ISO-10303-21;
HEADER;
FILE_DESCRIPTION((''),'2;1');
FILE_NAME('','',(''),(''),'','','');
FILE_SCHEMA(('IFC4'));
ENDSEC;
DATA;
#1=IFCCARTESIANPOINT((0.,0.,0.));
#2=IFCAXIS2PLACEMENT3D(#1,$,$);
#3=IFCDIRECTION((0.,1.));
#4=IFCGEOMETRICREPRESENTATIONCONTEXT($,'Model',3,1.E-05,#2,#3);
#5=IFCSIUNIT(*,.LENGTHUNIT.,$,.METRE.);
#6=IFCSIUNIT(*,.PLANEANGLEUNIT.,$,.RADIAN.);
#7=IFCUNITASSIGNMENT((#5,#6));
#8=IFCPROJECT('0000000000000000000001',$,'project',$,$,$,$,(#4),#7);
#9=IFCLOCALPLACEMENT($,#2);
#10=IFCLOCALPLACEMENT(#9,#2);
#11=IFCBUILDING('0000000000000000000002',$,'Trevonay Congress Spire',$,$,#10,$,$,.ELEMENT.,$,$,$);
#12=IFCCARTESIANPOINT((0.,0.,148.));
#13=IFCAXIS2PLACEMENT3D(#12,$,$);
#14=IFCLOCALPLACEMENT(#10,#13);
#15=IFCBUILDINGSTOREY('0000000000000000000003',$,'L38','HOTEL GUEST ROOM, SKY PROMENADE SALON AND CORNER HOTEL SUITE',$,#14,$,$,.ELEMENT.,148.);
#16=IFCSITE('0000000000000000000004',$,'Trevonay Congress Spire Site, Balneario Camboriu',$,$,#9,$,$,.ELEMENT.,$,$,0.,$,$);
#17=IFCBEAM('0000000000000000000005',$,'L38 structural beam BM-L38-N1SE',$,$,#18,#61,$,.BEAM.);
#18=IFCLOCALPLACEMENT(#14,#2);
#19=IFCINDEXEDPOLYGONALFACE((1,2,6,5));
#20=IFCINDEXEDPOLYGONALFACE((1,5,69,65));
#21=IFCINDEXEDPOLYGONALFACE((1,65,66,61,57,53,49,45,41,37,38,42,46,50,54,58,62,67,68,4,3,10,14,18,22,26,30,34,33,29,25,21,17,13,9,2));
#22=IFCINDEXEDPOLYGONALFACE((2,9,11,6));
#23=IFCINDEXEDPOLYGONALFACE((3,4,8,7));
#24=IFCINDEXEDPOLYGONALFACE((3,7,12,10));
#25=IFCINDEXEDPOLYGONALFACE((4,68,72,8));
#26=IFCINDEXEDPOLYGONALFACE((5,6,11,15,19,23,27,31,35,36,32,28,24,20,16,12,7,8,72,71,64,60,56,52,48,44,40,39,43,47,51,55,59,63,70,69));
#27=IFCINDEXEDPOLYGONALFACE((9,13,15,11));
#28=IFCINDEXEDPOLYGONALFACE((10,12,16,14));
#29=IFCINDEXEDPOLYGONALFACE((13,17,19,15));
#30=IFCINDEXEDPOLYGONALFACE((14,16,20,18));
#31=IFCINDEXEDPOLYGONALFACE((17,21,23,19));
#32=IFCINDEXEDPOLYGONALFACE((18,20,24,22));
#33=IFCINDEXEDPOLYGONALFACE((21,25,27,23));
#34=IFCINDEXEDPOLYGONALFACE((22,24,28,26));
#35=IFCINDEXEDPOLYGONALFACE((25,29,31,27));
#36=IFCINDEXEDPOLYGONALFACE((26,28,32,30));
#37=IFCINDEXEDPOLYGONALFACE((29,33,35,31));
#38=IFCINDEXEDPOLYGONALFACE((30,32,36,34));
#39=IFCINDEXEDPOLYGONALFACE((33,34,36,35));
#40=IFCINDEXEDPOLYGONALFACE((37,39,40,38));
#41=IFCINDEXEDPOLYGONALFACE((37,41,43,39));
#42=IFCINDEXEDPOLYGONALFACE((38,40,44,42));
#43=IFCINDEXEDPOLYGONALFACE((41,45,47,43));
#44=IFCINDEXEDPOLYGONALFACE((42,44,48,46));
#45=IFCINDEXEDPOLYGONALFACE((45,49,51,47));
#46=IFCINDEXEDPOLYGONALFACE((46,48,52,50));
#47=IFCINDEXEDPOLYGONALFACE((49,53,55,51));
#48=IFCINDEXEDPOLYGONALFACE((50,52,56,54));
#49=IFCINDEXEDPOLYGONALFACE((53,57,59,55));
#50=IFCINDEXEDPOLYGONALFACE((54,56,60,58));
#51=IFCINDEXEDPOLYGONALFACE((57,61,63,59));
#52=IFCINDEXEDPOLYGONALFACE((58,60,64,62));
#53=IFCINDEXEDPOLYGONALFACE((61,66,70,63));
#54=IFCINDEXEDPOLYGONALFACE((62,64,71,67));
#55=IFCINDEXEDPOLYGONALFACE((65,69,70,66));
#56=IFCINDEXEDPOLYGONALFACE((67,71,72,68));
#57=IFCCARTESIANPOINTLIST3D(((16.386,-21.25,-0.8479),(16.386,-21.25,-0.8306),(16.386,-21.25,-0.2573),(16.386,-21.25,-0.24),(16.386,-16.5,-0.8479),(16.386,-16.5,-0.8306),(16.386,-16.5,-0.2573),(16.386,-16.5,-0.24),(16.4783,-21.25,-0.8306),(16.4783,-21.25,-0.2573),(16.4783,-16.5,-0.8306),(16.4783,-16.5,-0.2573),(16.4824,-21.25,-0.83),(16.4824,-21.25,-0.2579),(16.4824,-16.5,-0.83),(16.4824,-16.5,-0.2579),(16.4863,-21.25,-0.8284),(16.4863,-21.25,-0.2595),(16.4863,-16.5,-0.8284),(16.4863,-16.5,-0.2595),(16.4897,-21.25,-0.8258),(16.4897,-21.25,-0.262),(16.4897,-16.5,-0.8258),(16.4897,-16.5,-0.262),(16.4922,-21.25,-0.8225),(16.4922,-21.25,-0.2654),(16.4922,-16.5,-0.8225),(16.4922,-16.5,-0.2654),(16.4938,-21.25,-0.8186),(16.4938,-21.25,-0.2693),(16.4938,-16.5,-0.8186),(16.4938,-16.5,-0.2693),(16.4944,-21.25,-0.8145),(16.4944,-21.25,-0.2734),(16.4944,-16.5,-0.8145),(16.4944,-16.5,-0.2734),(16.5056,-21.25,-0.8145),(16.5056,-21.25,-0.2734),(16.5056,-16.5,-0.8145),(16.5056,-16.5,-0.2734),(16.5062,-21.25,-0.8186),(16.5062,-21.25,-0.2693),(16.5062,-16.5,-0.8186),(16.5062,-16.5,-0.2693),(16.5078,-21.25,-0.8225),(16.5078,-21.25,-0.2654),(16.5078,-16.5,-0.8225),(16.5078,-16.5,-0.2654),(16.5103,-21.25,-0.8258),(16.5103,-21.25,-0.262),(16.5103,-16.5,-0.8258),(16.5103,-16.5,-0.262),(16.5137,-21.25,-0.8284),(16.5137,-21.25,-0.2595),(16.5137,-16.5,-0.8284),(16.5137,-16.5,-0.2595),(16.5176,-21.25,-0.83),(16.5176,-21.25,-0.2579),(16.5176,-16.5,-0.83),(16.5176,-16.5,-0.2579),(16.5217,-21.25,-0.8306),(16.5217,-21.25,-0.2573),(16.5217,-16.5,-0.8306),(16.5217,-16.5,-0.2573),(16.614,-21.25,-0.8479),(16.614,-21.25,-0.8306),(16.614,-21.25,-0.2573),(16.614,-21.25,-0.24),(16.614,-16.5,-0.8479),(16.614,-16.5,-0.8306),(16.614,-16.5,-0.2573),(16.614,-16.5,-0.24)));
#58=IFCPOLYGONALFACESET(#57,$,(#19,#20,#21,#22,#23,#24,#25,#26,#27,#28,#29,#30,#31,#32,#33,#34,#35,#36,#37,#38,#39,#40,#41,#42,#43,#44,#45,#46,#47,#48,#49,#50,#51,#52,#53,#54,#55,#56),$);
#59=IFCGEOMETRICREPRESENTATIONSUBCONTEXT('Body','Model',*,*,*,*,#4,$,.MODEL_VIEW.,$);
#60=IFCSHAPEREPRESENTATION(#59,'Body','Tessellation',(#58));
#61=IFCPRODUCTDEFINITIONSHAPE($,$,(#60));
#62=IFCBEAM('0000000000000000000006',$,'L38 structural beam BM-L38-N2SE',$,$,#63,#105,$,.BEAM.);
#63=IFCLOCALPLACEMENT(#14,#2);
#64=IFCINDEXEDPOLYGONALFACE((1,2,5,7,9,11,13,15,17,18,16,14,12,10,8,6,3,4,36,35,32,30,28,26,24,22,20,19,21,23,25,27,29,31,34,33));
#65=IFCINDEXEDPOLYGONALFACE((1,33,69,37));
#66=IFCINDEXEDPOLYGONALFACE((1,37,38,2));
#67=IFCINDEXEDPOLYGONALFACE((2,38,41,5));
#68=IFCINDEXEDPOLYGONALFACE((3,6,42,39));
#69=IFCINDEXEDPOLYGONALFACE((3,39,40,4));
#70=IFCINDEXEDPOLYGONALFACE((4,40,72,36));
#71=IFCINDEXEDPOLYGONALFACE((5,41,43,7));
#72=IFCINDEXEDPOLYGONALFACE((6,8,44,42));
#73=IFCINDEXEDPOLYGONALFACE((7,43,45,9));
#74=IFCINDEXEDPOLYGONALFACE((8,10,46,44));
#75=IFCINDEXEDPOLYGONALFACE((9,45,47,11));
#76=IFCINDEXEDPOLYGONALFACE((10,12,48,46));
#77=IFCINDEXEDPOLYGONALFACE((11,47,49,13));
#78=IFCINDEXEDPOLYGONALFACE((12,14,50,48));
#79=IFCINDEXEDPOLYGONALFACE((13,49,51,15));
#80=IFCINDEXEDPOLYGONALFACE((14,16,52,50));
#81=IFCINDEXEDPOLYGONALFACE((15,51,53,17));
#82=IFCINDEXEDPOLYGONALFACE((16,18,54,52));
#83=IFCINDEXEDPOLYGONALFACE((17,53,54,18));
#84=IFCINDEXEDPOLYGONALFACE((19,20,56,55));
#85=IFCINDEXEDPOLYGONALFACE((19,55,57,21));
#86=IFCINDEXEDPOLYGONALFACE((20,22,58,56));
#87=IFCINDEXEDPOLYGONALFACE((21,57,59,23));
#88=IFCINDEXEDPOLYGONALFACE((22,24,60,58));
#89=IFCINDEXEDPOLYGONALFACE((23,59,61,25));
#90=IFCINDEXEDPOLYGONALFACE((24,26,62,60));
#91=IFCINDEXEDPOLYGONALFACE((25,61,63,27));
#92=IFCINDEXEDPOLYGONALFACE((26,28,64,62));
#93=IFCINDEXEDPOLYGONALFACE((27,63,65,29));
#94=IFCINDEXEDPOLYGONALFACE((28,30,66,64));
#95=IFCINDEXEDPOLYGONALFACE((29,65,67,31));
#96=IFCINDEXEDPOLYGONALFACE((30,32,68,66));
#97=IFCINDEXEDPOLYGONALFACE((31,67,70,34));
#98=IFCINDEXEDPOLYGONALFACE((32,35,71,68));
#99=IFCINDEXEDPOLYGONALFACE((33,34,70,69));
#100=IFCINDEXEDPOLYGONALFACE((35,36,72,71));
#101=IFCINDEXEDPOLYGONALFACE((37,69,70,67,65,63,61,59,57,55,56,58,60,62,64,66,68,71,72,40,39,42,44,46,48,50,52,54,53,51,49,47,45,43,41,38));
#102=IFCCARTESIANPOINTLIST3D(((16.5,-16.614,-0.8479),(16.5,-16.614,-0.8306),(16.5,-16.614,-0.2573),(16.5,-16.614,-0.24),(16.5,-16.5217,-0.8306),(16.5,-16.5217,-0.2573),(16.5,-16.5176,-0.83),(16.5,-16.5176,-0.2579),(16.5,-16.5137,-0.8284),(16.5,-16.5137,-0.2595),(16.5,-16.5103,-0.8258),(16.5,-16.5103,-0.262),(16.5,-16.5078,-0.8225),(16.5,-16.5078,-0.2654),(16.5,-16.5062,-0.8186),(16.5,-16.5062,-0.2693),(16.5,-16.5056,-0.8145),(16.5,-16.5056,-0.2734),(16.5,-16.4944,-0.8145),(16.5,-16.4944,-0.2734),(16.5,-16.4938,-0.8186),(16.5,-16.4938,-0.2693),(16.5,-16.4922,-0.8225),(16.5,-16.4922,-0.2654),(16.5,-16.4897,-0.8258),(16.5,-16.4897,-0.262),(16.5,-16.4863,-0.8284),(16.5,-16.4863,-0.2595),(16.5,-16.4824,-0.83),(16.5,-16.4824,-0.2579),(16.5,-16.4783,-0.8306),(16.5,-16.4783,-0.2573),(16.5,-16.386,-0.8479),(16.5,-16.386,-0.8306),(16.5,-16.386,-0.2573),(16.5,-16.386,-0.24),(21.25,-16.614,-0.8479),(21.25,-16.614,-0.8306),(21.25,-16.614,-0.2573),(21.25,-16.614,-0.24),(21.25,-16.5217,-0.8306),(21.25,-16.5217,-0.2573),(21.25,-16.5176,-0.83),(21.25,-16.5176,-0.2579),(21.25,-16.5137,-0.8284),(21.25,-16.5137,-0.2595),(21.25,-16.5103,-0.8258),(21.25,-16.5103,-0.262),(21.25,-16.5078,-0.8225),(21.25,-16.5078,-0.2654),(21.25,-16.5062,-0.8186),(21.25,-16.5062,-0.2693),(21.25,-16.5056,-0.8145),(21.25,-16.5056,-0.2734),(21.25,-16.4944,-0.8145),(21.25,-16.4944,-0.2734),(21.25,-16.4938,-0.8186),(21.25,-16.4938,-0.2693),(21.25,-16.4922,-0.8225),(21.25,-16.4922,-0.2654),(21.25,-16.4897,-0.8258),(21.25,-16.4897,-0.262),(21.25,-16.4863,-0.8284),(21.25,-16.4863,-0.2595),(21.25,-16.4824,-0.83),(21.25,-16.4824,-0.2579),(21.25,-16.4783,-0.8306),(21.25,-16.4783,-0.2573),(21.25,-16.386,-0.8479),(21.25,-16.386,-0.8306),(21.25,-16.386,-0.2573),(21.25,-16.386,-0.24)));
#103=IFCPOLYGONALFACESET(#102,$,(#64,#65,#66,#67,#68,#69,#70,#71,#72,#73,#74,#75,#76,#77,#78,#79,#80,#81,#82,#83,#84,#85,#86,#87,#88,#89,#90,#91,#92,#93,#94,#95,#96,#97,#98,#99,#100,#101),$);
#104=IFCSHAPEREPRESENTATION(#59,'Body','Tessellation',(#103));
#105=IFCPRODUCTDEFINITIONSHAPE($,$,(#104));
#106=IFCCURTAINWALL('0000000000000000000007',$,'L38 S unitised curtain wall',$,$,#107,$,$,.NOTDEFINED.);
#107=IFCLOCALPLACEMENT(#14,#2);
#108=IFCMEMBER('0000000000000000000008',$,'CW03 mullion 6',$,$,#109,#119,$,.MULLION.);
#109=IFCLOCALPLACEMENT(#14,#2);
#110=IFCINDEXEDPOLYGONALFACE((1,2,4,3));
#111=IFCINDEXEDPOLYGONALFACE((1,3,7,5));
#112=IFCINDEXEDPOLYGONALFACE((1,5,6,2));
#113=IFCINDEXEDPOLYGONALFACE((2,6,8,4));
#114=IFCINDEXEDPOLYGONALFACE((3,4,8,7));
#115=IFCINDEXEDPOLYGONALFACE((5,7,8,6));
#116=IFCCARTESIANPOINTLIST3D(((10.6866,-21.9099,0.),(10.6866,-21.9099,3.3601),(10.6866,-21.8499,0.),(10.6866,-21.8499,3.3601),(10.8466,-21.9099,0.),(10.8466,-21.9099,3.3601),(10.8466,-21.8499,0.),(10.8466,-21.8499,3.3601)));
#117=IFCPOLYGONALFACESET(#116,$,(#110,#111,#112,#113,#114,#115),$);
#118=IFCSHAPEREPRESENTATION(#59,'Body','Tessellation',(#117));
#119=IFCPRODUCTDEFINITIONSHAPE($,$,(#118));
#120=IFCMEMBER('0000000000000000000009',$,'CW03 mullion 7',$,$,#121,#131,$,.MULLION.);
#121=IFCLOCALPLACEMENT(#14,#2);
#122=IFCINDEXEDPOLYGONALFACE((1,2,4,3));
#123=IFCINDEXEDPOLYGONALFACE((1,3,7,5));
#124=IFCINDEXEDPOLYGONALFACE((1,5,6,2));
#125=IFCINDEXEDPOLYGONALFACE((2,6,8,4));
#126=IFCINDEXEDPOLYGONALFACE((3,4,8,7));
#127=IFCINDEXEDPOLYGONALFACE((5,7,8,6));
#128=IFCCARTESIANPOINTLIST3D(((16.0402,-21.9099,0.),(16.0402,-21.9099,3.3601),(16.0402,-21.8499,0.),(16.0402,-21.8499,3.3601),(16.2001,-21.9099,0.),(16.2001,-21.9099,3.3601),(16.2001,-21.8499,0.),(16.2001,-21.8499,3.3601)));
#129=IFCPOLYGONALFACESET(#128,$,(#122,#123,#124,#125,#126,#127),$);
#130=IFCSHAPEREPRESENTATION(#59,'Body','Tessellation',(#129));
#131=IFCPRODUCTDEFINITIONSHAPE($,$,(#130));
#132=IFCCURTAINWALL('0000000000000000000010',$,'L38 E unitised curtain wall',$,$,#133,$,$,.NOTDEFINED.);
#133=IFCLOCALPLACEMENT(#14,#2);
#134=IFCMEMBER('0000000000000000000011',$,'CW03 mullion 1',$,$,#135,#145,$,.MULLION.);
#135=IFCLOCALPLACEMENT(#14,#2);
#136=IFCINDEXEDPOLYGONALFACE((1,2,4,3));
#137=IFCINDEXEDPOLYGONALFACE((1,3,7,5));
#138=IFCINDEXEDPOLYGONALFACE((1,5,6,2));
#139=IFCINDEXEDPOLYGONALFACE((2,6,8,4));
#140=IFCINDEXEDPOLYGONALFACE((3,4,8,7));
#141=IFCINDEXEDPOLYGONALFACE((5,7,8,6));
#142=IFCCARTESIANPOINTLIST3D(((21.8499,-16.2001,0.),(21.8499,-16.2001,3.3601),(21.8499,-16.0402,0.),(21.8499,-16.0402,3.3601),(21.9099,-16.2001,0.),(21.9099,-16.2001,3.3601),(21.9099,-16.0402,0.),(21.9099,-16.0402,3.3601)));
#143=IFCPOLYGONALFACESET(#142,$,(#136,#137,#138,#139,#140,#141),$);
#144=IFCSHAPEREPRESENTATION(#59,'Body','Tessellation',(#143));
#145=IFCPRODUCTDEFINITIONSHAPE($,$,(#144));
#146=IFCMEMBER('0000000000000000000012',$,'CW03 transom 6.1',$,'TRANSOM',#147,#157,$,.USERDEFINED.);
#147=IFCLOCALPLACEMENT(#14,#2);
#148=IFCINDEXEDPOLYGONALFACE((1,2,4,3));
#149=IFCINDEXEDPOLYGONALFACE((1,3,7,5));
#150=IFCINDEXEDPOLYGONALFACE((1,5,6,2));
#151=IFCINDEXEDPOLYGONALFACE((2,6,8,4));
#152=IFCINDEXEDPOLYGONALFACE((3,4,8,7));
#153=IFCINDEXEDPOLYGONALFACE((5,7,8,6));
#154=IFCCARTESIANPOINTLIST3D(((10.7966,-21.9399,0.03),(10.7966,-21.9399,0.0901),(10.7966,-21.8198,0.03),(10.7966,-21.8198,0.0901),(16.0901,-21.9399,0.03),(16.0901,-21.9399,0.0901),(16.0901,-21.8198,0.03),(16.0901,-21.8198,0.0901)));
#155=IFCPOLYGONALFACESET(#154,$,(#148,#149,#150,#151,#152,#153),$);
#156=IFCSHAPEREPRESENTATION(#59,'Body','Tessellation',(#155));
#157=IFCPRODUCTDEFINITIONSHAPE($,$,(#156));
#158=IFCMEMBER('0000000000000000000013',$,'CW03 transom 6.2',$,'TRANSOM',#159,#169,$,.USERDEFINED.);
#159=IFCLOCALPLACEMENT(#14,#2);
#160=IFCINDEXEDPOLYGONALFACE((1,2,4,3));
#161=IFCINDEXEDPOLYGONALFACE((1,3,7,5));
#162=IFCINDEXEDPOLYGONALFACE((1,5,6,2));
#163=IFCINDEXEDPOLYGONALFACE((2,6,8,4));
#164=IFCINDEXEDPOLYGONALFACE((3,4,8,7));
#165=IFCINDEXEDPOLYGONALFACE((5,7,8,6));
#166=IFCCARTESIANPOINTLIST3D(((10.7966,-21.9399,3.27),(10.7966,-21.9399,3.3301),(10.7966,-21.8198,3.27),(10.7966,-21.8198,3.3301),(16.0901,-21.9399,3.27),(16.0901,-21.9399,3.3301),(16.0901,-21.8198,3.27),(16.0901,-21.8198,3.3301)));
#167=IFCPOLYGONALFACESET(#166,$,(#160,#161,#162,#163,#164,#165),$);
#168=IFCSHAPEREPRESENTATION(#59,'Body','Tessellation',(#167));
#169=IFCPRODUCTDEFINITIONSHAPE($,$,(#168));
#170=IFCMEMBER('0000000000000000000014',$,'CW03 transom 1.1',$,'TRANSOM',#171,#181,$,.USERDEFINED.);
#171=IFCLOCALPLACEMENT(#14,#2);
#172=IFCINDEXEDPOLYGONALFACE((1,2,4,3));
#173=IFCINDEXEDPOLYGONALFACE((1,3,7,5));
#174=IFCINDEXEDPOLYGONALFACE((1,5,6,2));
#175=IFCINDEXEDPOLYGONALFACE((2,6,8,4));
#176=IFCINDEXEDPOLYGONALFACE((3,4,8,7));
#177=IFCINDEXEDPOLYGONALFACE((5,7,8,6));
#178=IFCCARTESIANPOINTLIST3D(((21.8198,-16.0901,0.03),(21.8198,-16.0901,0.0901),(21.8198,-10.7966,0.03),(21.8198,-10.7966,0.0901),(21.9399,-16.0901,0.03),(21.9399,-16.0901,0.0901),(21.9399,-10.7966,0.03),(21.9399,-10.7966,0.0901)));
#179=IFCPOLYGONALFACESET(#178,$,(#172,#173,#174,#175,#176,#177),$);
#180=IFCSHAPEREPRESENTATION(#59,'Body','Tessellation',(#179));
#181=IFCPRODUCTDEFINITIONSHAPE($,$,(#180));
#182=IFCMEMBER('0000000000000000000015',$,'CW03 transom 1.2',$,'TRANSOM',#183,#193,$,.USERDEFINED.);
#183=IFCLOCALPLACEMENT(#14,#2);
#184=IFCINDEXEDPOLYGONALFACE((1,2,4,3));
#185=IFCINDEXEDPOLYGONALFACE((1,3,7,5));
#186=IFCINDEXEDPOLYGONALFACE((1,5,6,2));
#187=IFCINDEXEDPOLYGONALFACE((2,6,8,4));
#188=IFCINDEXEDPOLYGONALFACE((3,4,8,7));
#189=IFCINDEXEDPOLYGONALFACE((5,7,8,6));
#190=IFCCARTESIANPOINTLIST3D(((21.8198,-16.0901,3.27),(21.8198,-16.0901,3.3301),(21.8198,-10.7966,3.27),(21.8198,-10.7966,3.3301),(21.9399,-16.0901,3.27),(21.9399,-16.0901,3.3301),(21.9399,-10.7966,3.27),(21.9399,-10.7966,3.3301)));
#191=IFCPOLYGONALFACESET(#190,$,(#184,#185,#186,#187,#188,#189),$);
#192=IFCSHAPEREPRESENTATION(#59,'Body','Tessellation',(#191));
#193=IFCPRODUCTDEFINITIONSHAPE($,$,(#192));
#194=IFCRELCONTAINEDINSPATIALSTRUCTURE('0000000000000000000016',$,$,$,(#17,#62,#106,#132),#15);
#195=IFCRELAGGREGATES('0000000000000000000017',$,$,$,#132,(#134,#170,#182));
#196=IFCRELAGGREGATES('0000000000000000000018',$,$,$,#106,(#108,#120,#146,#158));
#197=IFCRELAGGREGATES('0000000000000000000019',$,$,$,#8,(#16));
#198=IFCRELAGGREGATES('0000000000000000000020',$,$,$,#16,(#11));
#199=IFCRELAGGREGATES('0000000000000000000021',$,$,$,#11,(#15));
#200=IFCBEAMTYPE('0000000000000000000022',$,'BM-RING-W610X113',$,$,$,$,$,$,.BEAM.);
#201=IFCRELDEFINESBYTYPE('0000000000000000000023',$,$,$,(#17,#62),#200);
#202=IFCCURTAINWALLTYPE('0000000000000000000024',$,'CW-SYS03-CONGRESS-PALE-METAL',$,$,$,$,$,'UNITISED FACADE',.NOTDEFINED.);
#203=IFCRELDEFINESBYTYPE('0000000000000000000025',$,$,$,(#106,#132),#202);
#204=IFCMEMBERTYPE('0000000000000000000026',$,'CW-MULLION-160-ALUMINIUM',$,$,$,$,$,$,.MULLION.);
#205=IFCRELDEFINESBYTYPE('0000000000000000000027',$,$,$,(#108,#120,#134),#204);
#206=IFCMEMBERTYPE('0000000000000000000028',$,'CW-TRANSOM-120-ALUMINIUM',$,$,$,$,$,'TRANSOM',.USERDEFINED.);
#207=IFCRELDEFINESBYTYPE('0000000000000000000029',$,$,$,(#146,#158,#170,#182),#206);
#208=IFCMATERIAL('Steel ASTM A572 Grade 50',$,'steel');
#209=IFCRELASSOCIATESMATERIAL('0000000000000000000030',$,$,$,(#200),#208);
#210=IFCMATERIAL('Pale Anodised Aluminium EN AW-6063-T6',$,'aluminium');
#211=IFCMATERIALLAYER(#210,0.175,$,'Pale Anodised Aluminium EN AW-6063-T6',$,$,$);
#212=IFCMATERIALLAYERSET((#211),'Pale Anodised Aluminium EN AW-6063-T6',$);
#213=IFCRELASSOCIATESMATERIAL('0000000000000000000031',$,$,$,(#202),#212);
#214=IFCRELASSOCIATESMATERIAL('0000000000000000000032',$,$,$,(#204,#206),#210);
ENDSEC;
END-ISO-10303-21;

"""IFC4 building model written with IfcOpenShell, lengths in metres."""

from ifc_helpers import new_model, si_unit, direction, frame, origin, origin_2d, place, context, subcontext, project, spatial, rectangle, i_section, extrude, material, layer, layer_set, material_profile, profile_set, type_object, element, aggregate, save


model = new_model("IFC4")

# Units and contexts
model_context = context("Model", 3, precision=1e-05, world=origin(), true_north=direction((0.0, 1.0)))
body_context = subcontext(model_context, "Body", "Model", "MODEL_VIEW")
ifc_project = project(units=[si_unit("LENGTHUNIT", "METRE"), si_unit("PLANEANGLEUNIT", "RADIAN")], contexts=[model_context])

# Site, building, storey
site_placement = place(None, origin())
site = spatial("IfcSite", under=ifc_project, at=site_placement, Name="Trevonay Congress Spire Site, Balneario Camboriu", CompositionType="ELEMENT", RefElevation=0.0)
building_placement = place(site_placement, origin())
building = spatial("IfcBuilding", under=site, at=building_placement, Name="Trevonay Congress Spire", CompositionType="ELEMENT")
storey_placement = place(building_placement, frame((0.0, 0.0, 148.0)))
storey = spatial("IfcBuildingStorey", under=building, at=storey_placement, Name="L38", Description="HOTEL GUEST ROOM, SKY PROMENADE SALON AND CORNER HOTEL SUITE", CompositionType="ELEMENT", Elevation=148.0)

# Shared definitions
ifc_material_1 = material(Name="Steel ASTM A572 Grade 50", Category="steel")

# Beams
ifc_material_profile_1 = material_profile(ifc_material_1, i_section(OverallWidth=0.228, OverallDepth=0.6079, WebThickness=0.0112, FlangeThickness=0.0173, FilletRadius=0.0161, at=origin_2d()), Name="W610x113")
ifc_profile_set_1 = profile_set([ifc_material_profile_1], Name="Steel ASTM A572 Grade 50")
beam_type_1 = type_object("IfcBeamType", Name="BM-RING-W610X113", PredefinedType="BEAM", material=ifc_profile_set_1)
for number, where, z_axis, x_axis, name in (
    (1, (16.5, -21.25, -0.5439), (0.0, 1.0, 0.0), (-1.0, 0.0, 0.0), "L38 structural beam BM-L38-N1SE"),
    (2, (21.25, -16.5, -0.5439), (-1.0, 0.0, 0.0), (0.0, -1.0, 0.0), "L38 structural beam BM-L38-N2SE"),
):
    element("IfcBeam", number, at=place(storey_placement, frame(where, z_axis=z_axis, x_axis=x_axis)), inside=storey, type_object=beam_type_1, Name=name, PredefinedType="BEAM", context=body_context, shape_type="SweptSolid", body=[
        extrude(i_section(OverallWidth=0.228, OverallDepth=0.6079, WebThickness=0.0112, FlangeThickness=0.0173, FilletRadius=0.0161, at=origin_2d()), origin(), (0.0, 0.0, 1.0), 4.75),
    ])

# Curtain wall, members
ifc_material_2 = material(Name="Pale Anodised Aluminium EN AW-6063-T6", Category="aluminium")
ifc_layer_1 = layer(ifc_material_2, 0.175, Name="Pale Anodised Aluminium EN AW-6063-T6")
ifc_layer_set_1 = layer_set([ifc_layer_1], Name="Pale Anodised Aluminium EN AW-6063-T6")
curtain_wall_type = type_object("IfcCurtainWallType", Name="CW-SYS03-CONGRESS-PALE-METAL", ElementType="UNITISED FACADE", PredefinedType="NOTDEFINED", material=ifc_layer_set_1)
curtain_wall_1_placement = place(storey_placement, origin())
curtain_wall_1 = element("IfcCurtainWall", 3, at=curtain_wall_1_placement, inside=storey, type_object=curtain_wall_type, Name="L38 S unitised curtain wall", PredefinedType="NOTDEFINED")
ifc_material_profile_2 = material_profile(ifc_material_2, rectangle(XDim=0.0601, YDim=0.1599, at=origin_2d()), Name="CW-MULLION-160-ALUMINIUM")
ifc_profile_set_2 = profile_set([ifc_material_profile_2], Name="Pale Anodised Aluminium EN AW-6063-T6")
member_type_1 = type_object("IfcMemberType", Name="CW-MULLION-160-ALUMINIUM", PredefinedType="MULLION", material=ifc_profile_set_2)
member_1_placement = place(storey_placement, frame((10.7666, -21.8799, 0.0), z_axis=(0.0, 0.0, 1.0), x_axis=(0.0, 1.0, 0.0)))
member_1 = element("IfcMember", 4, at=member_1_placement, type_object=member_type_1, Name="CW03 mullion 6", PredefinedType="MULLION", context=body_context, shape_type="SweptSolid", body=[
    extrude(rectangle(XDim=0.0601, YDim=0.1599, at=origin_2d()), origin(), (0.0, 0.0, 1.0), 3.3601),
])
member_2_placement = place(storey_placement, frame((16.1201, -21.8799, 0.0), z_axis=(0.0, 0.0, 1.0), x_axis=(0.0, 1.0, 0.0)))
member_2 = element("IfcMember", 5, at=member_2_placement, type_object=member_type_1, Name="CW03 mullion 7", PredefinedType="MULLION", context=body_context, shape_type="SweptSolid", body=[
    extrude(rectangle(XDim=0.0601, YDim=0.1599, at=origin_2d()), origin(), (0.0, 0.0, 1.0), 3.3601),
])

# Curtain wall, member
curtain_wall_2_placement = place(storey_placement, origin())
curtain_wall_2 = element("IfcCurtainWall", 6, at=curtain_wall_2_placement, inside=storey, type_object=curtain_wall_type, Name="L38 E unitised curtain wall", PredefinedType="NOTDEFINED")
member_3_placement = place(storey_placement, frame((21.8799, -16.1201, 0.0), z_axis=(0.0, 0.0, 1.0), x_axis=(-1.0, 0.0, 0.0)))
member_3 = element("IfcMember", 7, at=member_3_placement, type_object=member_type_1, Name="CW03 mullion 1", PredefinedType="MULLION", context=body_context, shape_type="SweptSolid", body=[
    extrude(rectangle(XDim=0.0601, YDim=0.1599, at=origin_2d()), origin(), (0.0, 0.0, 1.0), 3.3601),
])

# Members
ifc_material_profile_3 = material_profile(ifc_material_2, rectangle(XDim=0.1201, YDim=0.0601, at=origin_2d()), Name="CW-TRANSOM-120-ALUMINIUM")
ifc_profile_set_3 = profile_set([ifc_material_profile_3], Name="Pale Anodised Aluminium EN AW-6063-T6")
member_type_2 = type_object("IfcMemberType", Name="CW-TRANSOM-120-ALUMINIUM", ElementType="TRANSOM", PredefinedType="USERDEFINED", material=ifc_profile_set_3)
member_4_placement = place(storey_placement, frame((10.7966, -21.8799, 0.0601), z_axis=(1.0, 0.0, 0.0), x_axis=(0.0, 1.0, 0.0)))
member_4 = element("IfcMember", 8, at=member_4_placement, type_object=member_type_2, Name="CW03 transom 6.1", ObjectType="TRANSOM", PredefinedType="USERDEFINED", context=body_context, shape_type="SweptSolid", body=[
    extrude(rectangle(XDim=0.1201, YDim=0.0601, at=origin_2d()), origin(), (0.0, 0.0, 1.0), 5.2935),
])
member_5_placement = place(storey_placement, frame((10.7966, -21.8799, 3.3), z_axis=(1.0, 0.0, 0.0), x_axis=(0.0, 1.0, 0.0)))
member_5 = element("IfcMember", 9, at=member_5_placement, type_object=member_type_2, Name="CW03 transom 6.2", ObjectType="TRANSOM", PredefinedType="USERDEFINED", context=body_context, shape_type="SweptSolid", body=[
    extrude(rectangle(XDim=0.1201, YDim=0.0601, at=origin_2d()), origin(), (0.0, 0.0, 1.0), 5.2935),
])
member_6_placement = place(storey_placement, frame((21.8799, -16.0901, 0.0601), z_axis=(0.0, 1.0, 0.0), x_axis=(-1.0, 0.0, 0.0)))
member_6 = element("IfcMember", 10, at=member_6_placement, type_object=member_type_2, Name="CW03 transom 1.1", ObjectType="TRANSOM", PredefinedType="USERDEFINED", context=body_context, shape_type="SweptSolid", body=[
    extrude(rectangle(XDim=0.1201, YDim=0.0601, at=origin_2d()), origin(), (0.0, 0.0, 1.0), 5.2935),
])
member_7_placement = place(storey_placement, frame((21.8799, -16.0901, 3.3), z_axis=(0.0, 1.0, 0.0), x_axis=(-1.0, 0.0, 0.0)))
member_7 = element("IfcMember", 11, at=member_7_placement, type_object=member_type_2, Name="CW03 transom 1.2", ObjectType="TRANSOM", PredefinedType="USERDEFINED", context=body_context, shape_type="SweptSolid", body=[
    extrude(rectangle(XDim=0.1201, YDim=0.0601, at=origin_2d()), origin(), (0.0, 0.0, 1.0), 5.2935),
])
aggregate(curtain_wall_2, [member_3, member_6, member_7])

aggregate(curtain_wall_1, [member_1, member_2, member_4, member_5])

save(model, "model.ifc")
